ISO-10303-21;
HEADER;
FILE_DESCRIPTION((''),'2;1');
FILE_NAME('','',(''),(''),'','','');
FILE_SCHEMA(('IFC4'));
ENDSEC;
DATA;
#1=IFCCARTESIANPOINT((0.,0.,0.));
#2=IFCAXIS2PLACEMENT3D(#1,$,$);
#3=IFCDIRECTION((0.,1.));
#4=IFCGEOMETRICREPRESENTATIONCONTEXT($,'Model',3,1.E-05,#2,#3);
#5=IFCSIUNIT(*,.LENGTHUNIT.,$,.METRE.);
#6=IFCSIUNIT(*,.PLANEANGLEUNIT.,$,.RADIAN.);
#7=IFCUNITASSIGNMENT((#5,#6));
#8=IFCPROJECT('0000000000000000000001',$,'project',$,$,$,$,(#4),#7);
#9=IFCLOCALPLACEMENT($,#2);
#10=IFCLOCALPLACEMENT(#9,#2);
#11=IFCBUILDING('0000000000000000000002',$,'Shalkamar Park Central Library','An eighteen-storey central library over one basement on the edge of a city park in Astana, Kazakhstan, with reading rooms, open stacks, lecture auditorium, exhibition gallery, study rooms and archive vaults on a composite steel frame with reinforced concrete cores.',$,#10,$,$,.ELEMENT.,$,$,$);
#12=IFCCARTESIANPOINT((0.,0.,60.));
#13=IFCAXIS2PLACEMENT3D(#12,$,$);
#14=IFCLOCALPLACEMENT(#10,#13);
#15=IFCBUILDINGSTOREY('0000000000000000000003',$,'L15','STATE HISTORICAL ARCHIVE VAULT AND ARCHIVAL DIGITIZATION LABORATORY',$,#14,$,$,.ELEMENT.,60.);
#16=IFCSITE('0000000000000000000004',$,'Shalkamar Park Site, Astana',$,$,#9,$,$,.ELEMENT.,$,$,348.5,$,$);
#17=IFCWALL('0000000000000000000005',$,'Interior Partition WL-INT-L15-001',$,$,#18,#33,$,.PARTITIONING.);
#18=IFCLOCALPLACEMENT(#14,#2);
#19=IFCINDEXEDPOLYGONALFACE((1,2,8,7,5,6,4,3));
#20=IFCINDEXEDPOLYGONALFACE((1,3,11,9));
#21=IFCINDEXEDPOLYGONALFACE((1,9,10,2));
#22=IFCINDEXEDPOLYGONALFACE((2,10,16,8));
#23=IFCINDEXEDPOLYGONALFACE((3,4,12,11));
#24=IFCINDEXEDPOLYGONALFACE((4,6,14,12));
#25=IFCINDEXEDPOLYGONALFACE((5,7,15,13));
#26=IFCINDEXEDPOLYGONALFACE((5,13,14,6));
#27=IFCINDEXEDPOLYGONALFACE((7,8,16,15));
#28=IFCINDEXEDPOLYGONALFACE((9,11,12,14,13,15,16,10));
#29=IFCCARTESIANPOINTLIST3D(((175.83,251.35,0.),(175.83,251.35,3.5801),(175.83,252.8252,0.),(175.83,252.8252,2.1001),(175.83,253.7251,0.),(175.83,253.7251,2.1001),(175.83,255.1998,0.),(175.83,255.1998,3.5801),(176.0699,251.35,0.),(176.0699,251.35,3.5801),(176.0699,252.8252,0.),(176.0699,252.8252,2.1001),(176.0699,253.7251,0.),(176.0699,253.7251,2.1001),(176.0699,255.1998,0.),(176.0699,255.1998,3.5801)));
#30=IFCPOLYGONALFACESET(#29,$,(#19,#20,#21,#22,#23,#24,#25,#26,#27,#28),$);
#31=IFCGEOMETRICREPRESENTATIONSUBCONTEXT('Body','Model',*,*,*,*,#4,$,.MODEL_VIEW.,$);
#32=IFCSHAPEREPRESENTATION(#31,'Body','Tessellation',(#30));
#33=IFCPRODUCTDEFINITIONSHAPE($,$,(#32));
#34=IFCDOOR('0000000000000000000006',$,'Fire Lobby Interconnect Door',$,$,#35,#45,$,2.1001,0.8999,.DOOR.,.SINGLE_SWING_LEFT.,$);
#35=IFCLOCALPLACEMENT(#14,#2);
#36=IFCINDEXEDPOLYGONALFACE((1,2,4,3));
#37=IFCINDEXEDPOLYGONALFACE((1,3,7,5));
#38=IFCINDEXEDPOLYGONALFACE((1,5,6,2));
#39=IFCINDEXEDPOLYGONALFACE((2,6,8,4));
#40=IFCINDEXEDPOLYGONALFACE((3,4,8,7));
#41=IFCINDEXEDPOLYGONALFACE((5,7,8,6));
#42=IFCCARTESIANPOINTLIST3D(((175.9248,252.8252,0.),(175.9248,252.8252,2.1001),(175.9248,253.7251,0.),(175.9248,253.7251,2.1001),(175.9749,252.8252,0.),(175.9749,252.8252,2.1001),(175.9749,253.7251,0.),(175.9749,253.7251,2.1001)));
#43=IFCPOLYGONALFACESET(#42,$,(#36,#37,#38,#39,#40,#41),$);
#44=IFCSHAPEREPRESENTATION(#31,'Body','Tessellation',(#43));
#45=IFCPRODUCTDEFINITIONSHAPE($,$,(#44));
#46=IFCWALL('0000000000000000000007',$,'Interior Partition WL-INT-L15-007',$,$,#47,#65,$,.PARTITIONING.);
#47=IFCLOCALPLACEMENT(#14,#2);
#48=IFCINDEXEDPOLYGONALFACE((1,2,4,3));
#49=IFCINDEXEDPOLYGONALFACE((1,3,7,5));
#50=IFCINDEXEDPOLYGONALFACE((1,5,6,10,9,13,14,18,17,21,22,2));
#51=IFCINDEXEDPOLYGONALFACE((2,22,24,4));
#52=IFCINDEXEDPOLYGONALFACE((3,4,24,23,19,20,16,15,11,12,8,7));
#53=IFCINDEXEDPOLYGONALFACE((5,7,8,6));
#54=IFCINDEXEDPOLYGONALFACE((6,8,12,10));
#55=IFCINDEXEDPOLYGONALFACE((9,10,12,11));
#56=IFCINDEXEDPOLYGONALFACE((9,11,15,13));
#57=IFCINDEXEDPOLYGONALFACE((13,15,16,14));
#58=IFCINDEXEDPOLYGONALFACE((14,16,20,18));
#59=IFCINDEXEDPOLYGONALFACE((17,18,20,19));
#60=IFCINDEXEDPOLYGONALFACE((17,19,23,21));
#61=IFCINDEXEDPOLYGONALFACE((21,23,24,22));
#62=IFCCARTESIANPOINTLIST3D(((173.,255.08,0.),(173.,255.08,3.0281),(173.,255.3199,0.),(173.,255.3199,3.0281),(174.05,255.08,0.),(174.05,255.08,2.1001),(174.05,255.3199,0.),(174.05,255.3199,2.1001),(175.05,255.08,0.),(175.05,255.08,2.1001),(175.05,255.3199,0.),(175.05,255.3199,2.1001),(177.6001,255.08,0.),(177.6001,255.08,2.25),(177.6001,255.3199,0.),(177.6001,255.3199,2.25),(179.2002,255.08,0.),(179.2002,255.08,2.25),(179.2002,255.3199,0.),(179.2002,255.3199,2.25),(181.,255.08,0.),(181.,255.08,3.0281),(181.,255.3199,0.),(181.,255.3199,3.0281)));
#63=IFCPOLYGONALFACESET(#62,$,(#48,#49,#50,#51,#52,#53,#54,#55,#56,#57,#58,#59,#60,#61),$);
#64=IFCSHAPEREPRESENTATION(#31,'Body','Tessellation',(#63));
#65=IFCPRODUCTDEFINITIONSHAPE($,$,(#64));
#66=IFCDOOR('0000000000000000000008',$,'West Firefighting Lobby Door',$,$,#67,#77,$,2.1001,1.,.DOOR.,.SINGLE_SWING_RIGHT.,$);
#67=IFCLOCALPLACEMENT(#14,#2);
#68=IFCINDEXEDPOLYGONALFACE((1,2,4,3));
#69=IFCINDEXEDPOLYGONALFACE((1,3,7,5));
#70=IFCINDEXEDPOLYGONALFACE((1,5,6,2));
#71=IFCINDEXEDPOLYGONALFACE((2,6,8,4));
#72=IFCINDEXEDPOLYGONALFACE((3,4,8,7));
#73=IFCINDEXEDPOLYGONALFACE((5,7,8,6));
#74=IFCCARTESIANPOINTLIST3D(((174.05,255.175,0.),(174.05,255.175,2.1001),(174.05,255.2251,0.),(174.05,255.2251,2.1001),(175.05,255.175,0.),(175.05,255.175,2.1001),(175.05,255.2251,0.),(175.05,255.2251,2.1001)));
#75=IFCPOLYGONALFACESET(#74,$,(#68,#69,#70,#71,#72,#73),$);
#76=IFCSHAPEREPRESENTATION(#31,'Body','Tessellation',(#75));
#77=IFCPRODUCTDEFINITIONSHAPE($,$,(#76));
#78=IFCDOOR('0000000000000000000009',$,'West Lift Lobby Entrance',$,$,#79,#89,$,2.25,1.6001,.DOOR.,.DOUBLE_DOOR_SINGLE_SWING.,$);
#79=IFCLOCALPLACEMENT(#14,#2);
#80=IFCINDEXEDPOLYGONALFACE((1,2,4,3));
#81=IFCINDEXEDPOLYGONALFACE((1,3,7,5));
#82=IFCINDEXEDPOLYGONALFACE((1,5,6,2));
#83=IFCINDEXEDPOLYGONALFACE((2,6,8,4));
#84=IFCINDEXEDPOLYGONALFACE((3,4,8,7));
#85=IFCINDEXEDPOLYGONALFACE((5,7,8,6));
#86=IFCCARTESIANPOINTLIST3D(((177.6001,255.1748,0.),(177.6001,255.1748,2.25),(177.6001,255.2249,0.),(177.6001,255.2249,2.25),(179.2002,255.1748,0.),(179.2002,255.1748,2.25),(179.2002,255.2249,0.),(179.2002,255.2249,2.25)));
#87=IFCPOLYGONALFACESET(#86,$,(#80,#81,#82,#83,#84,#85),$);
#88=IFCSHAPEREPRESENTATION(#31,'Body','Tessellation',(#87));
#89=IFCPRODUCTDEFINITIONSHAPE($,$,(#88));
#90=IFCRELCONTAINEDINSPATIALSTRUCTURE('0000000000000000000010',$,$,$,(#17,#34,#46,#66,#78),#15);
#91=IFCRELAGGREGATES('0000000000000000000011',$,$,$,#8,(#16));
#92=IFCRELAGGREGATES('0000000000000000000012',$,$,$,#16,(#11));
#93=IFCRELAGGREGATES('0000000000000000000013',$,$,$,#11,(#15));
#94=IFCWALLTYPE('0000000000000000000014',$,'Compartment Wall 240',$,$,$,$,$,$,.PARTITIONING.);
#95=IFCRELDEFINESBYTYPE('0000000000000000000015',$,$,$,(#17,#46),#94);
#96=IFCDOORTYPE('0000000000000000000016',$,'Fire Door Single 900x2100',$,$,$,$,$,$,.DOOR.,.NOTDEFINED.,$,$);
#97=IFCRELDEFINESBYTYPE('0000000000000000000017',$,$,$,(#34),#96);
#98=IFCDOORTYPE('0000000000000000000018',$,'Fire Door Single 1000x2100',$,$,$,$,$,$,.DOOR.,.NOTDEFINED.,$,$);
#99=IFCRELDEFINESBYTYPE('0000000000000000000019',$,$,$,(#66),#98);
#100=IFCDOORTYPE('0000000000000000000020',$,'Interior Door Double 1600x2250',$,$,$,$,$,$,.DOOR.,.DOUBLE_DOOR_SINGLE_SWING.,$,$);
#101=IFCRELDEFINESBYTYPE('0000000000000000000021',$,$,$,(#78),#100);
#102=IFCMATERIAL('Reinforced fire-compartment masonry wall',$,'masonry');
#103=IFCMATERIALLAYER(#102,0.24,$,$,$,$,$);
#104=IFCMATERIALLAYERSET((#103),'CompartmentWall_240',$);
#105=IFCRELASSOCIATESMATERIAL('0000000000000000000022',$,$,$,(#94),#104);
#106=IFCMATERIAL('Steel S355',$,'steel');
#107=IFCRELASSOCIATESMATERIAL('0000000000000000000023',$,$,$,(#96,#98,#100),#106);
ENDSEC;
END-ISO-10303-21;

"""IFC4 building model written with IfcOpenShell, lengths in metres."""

from ifc_helpers import new_model, si_unit, direction, frame, frame_2d, origin, place, context, subcontext, project, spatial, rectangle, extrude, material, layer, layer_set, type_object, element, fill, save


model = new_model("IFC4")

# Units and contexts
model_context = context("Model", 3, precision=1e-05, world=origin(), true_north=direction((0.0, 1.0)))
body_context = subcontext(model_context, "Body", "Model", "MODEL_VIEW")
ifc_project = project(units=[si_unit("LENGTHUNIT", "METRE"), si_unit("PLANEANGLEUNIT", "RADIAN")], contexts=[model_context])

# Site, building, storey
site_placement = place(None, origin())
site = spatial("IfcSite", under=ifc_project, at=site_placement, Name="Shalkamar Park Site, Astana", CompositionType="ELEMENT", RefElevation=348.5)
building_placement = place(site_placement, origin())
building = spatial("IfcBuilding", under=site, at=building_placement, Name="Shalkamar Park Central Library", Description="An eighteen-storey central library over one basement on the edge of a city park in Astana, Kazakhstan, with reading rooms, open stacks, lecture auditorium, exhibition gallery, study rooms and archive vaults on a composite steel frame with reinforced concrete cores.", CompositionType="ELEMENT")
storey_placement = place(building_placement, frame((0.0, 0.0, 60.0)))
storey = spatial("IfcBuildingStorey", under=building, at=storey_placement, Name="L15", Description="STATE HISTORICAL ARCHIVE VAULT AND ARCHIVAL DIGITIZATION LABORATORY", CompositionType="ELEMENT", Elevation=60.0)

# Shared definitions
ifc_material_1 = material(Name="Steel S355", Category="steel")

# Wall, opening, door
ifc_material_2 = material(Name="Reinforced fire-compartment masonry wall", Category="masonry")
ifc_layer_1 = layer(ifc_material_2, 0.24)
ifc_layer_set_1 = layer_set([ifc_layer_1], Name="CompartmentWall_240")
wall_type_1 = type_object("IfcWallType", Name="Compartment Wall 240", PredefinedType="PARTITIONING", material=ifc_layer_set_1)
wall_1_placement = place(storey_placement, frame((175.95, 251.3501, 0.0), z_axis=(0.0, 0.0, 1.0), x_axis=(0.0, 1.0, 0.0)))
wall_1 = element("IfcWall", 1, at=wall_1_placement, inside=storey, type_object=wall_type_1, Name="Interior Partition WL-INT-L15-001", PredefinedType="PARTITIONING", context=body_context, shape_type="SweptSolid", body=[
    extrude(rectangle(XDim=3.8499, YDim=0.24, at=frame_2d((1.9248, 0.0))), origin(), (0.0, 0.0, 1.0), 3.5801),
])
opening_1_placement = place(wall_1_placement, frame((1.4751, 0.0, 0.0)))
opening_1 = element("IfcOpeningElement", 2, at=opening_1_placement, cuts=wall_1, PredefinedType="OPENING", context=body_context, shape_type="SweptSolid", body=[
    extrude(rectangle(XDim=0.8999, YDim=2.1001, at=frame_2d((0.45, 1.05))), frame((0.0, 0.1348, 0.0), z_axis=(0.0, -1.0, 0.0), x_axis=(1.0, 0.0, 0.0)), (0.0, 0.0, 1.0), 0.2698),
])
door_type_1 = type_object("IfcDoorType", Name="Fire Door Single 900x2100", OperationType="NOTDEFINED", PredefinedType="DOOR", material=ifc_material_1)
door_1_placement = place(opening_1_placement, frame((0.8999, 0.0, 0.0), z_axis=(0.0, 0.0, 1.0), x_axis=(-1.0, 0.0, 0.0)))
door_1 = element("IfcDoor", 3, at=door_1_placement, inside=storey, type_object=door_type_1, Name="Fire Lobby Interconnect Door", OperationType="SINGLE_SWING_LEFT", OverallHeight=2.1001, OverallWidth=0.8999, PredefinedType="DOOR", context=body_context, shape_type="SweptSolid", body=[
    extrude(rectangle(XDim=0.8999, YDim=2.1001, at=frame_2d((0.45, 1.05))), frame((0.0, 0.0249, 0.0), z_axis=(0.0, -1.0, 0.0), x_axis=(1.0, 0.0, 0.0)), (0.0, 0.0, 1.0), 0.05),
])
fill(opening_1, door_1)

# Wall, openings, doors
wall_2_placement = place(storey_placement, frame((173.0, 255.2, 0.0), z_axis=(0.0, 0.0, 1.0), x_axis=(1.0, 0.0, 0.0)))
wall_2 = element("IfcWall", 4, at=wall_2_placement, inside=storey, type_object=wall_type_1, Name="Interior Partition WL-INT-L15-007", PredefinedType="PARTITIONING", context=body_context, shape_type="SweptSolid", body=[
    extrude(rectangle(XDim=8.0, YDim=0.24, at=frame_2d((4.0, 0.0))), origin(), (0.0, 0.0, 1.0), 3.0281),
])
opening_2_placement = place(wall_2_placement, frame((1.05, 0.0, 0.0)))
opening_2 = element("IfcOpeningElement", 5, at=opening_2_placement, cuts=wall_2, PredefinedType="OPENING", context=body_context, shape_type="SweptSolid", body=[
    extrude(rectangle(XDim=1.0, YDim=2.1001, at=frame_2d((0.5, 1.05))), frame((0.0, 0.1348, 0.0), z_axis=(0.0, -1.0, 0.0), x_axis=(1.0, 0.0, 0.0)), (0.0, 0.0, 1.0), 0.2698),
])
opening_3_placement = place(wall_2_placement, frame((4.6001, 0.0, 0.0)))
opening_3 = element("IfcOpeningElement", 6, at=opening_3_placement, cuts=wall_2, PredefinedType="OPENING", context=body_context, shape_type="SweptSolid", body=[
    extrude(rectangle(XDim=1.6001, YDim=2.25, at=frame_2d((0.8, 1.125))), frame((0.0, 0.1348, 0.0), z_axis=(0.0, -1.0, 0.0), x_axis=(1.0, 0.0, 0.0)), (0.0, 0.0, 1.0), 0.2698),
])
door_type_2 = type_object("IfcDoorType", Name="Fire Door Single 1000x2100", OperationType="NOTDEFINED", PredefinedType="DOOR", material=ifc_material_1)
door_2_placement = place(opening_2_placement, frame((1.0, 0.0, 0.0), z_axis=(0.0, 0.0, 1.0), x_axis=(-1.0, 0.0, 0.0)))
door_2 = element("IfcDoor", 7, at=door_2_placement, inside=storey, type_object=door_type_2, Name="West Firefighting Lobby Door", OperationType="SINGLE_SWING_RIGHT", OverallHeight=2.1001, OverallWidth=1.0, PredefinedType="DOOR", context=body_context, shape_type="SweptSolid", body=[
    extrude(rectangle(XDim=1.0, YDim=2.1001, at=frame_2d((0.5, 1.05))), frame((0.0, 0.0249, 0.0), z_axis=(0.0, -1.0, 0.0), x_axis=(1.0, 0.0, 0.0)), (0.0, 0.0, 1.0), 0.05),
])
fill(opening_2, door_2)
door_type_3 = type_object("IfcDoorType", Name="Interior Door Double 1600x2250", OperationType="DOUBLE_DOOR_SINGLE_SWING", PredefinedType="DOOR", material=ifc_material_1)
door_3_placement = place(opening_3_placement, origin())
door_3 = element("IfcDoor", 8, at=door_3_placement, inside=storey, type_object=door_type_3, Name="West Lift Lobby Entrance", OperationType="DOUBLE_DOOR_SINGLE_SWING", OverallHeight=2.25, OverallWidth=1.6001, PredefinedType="DOOR", context=body_context, shape_type="SweptSolid", body=[
    extrude(rectangle(XDim=1.6001, YDim=2.25, at=frame_2d((0.8, 1.125))), frame((0.0, 0.0249, 0.0), z_axis=(0.0, -1.0, 0.0), x_axis=(1.0, 0.0, 0.0)), (0.0, 0.0, 1.0), 0.05),
])
fill(opening_3, door_3)

save(model, "model.ifc")
